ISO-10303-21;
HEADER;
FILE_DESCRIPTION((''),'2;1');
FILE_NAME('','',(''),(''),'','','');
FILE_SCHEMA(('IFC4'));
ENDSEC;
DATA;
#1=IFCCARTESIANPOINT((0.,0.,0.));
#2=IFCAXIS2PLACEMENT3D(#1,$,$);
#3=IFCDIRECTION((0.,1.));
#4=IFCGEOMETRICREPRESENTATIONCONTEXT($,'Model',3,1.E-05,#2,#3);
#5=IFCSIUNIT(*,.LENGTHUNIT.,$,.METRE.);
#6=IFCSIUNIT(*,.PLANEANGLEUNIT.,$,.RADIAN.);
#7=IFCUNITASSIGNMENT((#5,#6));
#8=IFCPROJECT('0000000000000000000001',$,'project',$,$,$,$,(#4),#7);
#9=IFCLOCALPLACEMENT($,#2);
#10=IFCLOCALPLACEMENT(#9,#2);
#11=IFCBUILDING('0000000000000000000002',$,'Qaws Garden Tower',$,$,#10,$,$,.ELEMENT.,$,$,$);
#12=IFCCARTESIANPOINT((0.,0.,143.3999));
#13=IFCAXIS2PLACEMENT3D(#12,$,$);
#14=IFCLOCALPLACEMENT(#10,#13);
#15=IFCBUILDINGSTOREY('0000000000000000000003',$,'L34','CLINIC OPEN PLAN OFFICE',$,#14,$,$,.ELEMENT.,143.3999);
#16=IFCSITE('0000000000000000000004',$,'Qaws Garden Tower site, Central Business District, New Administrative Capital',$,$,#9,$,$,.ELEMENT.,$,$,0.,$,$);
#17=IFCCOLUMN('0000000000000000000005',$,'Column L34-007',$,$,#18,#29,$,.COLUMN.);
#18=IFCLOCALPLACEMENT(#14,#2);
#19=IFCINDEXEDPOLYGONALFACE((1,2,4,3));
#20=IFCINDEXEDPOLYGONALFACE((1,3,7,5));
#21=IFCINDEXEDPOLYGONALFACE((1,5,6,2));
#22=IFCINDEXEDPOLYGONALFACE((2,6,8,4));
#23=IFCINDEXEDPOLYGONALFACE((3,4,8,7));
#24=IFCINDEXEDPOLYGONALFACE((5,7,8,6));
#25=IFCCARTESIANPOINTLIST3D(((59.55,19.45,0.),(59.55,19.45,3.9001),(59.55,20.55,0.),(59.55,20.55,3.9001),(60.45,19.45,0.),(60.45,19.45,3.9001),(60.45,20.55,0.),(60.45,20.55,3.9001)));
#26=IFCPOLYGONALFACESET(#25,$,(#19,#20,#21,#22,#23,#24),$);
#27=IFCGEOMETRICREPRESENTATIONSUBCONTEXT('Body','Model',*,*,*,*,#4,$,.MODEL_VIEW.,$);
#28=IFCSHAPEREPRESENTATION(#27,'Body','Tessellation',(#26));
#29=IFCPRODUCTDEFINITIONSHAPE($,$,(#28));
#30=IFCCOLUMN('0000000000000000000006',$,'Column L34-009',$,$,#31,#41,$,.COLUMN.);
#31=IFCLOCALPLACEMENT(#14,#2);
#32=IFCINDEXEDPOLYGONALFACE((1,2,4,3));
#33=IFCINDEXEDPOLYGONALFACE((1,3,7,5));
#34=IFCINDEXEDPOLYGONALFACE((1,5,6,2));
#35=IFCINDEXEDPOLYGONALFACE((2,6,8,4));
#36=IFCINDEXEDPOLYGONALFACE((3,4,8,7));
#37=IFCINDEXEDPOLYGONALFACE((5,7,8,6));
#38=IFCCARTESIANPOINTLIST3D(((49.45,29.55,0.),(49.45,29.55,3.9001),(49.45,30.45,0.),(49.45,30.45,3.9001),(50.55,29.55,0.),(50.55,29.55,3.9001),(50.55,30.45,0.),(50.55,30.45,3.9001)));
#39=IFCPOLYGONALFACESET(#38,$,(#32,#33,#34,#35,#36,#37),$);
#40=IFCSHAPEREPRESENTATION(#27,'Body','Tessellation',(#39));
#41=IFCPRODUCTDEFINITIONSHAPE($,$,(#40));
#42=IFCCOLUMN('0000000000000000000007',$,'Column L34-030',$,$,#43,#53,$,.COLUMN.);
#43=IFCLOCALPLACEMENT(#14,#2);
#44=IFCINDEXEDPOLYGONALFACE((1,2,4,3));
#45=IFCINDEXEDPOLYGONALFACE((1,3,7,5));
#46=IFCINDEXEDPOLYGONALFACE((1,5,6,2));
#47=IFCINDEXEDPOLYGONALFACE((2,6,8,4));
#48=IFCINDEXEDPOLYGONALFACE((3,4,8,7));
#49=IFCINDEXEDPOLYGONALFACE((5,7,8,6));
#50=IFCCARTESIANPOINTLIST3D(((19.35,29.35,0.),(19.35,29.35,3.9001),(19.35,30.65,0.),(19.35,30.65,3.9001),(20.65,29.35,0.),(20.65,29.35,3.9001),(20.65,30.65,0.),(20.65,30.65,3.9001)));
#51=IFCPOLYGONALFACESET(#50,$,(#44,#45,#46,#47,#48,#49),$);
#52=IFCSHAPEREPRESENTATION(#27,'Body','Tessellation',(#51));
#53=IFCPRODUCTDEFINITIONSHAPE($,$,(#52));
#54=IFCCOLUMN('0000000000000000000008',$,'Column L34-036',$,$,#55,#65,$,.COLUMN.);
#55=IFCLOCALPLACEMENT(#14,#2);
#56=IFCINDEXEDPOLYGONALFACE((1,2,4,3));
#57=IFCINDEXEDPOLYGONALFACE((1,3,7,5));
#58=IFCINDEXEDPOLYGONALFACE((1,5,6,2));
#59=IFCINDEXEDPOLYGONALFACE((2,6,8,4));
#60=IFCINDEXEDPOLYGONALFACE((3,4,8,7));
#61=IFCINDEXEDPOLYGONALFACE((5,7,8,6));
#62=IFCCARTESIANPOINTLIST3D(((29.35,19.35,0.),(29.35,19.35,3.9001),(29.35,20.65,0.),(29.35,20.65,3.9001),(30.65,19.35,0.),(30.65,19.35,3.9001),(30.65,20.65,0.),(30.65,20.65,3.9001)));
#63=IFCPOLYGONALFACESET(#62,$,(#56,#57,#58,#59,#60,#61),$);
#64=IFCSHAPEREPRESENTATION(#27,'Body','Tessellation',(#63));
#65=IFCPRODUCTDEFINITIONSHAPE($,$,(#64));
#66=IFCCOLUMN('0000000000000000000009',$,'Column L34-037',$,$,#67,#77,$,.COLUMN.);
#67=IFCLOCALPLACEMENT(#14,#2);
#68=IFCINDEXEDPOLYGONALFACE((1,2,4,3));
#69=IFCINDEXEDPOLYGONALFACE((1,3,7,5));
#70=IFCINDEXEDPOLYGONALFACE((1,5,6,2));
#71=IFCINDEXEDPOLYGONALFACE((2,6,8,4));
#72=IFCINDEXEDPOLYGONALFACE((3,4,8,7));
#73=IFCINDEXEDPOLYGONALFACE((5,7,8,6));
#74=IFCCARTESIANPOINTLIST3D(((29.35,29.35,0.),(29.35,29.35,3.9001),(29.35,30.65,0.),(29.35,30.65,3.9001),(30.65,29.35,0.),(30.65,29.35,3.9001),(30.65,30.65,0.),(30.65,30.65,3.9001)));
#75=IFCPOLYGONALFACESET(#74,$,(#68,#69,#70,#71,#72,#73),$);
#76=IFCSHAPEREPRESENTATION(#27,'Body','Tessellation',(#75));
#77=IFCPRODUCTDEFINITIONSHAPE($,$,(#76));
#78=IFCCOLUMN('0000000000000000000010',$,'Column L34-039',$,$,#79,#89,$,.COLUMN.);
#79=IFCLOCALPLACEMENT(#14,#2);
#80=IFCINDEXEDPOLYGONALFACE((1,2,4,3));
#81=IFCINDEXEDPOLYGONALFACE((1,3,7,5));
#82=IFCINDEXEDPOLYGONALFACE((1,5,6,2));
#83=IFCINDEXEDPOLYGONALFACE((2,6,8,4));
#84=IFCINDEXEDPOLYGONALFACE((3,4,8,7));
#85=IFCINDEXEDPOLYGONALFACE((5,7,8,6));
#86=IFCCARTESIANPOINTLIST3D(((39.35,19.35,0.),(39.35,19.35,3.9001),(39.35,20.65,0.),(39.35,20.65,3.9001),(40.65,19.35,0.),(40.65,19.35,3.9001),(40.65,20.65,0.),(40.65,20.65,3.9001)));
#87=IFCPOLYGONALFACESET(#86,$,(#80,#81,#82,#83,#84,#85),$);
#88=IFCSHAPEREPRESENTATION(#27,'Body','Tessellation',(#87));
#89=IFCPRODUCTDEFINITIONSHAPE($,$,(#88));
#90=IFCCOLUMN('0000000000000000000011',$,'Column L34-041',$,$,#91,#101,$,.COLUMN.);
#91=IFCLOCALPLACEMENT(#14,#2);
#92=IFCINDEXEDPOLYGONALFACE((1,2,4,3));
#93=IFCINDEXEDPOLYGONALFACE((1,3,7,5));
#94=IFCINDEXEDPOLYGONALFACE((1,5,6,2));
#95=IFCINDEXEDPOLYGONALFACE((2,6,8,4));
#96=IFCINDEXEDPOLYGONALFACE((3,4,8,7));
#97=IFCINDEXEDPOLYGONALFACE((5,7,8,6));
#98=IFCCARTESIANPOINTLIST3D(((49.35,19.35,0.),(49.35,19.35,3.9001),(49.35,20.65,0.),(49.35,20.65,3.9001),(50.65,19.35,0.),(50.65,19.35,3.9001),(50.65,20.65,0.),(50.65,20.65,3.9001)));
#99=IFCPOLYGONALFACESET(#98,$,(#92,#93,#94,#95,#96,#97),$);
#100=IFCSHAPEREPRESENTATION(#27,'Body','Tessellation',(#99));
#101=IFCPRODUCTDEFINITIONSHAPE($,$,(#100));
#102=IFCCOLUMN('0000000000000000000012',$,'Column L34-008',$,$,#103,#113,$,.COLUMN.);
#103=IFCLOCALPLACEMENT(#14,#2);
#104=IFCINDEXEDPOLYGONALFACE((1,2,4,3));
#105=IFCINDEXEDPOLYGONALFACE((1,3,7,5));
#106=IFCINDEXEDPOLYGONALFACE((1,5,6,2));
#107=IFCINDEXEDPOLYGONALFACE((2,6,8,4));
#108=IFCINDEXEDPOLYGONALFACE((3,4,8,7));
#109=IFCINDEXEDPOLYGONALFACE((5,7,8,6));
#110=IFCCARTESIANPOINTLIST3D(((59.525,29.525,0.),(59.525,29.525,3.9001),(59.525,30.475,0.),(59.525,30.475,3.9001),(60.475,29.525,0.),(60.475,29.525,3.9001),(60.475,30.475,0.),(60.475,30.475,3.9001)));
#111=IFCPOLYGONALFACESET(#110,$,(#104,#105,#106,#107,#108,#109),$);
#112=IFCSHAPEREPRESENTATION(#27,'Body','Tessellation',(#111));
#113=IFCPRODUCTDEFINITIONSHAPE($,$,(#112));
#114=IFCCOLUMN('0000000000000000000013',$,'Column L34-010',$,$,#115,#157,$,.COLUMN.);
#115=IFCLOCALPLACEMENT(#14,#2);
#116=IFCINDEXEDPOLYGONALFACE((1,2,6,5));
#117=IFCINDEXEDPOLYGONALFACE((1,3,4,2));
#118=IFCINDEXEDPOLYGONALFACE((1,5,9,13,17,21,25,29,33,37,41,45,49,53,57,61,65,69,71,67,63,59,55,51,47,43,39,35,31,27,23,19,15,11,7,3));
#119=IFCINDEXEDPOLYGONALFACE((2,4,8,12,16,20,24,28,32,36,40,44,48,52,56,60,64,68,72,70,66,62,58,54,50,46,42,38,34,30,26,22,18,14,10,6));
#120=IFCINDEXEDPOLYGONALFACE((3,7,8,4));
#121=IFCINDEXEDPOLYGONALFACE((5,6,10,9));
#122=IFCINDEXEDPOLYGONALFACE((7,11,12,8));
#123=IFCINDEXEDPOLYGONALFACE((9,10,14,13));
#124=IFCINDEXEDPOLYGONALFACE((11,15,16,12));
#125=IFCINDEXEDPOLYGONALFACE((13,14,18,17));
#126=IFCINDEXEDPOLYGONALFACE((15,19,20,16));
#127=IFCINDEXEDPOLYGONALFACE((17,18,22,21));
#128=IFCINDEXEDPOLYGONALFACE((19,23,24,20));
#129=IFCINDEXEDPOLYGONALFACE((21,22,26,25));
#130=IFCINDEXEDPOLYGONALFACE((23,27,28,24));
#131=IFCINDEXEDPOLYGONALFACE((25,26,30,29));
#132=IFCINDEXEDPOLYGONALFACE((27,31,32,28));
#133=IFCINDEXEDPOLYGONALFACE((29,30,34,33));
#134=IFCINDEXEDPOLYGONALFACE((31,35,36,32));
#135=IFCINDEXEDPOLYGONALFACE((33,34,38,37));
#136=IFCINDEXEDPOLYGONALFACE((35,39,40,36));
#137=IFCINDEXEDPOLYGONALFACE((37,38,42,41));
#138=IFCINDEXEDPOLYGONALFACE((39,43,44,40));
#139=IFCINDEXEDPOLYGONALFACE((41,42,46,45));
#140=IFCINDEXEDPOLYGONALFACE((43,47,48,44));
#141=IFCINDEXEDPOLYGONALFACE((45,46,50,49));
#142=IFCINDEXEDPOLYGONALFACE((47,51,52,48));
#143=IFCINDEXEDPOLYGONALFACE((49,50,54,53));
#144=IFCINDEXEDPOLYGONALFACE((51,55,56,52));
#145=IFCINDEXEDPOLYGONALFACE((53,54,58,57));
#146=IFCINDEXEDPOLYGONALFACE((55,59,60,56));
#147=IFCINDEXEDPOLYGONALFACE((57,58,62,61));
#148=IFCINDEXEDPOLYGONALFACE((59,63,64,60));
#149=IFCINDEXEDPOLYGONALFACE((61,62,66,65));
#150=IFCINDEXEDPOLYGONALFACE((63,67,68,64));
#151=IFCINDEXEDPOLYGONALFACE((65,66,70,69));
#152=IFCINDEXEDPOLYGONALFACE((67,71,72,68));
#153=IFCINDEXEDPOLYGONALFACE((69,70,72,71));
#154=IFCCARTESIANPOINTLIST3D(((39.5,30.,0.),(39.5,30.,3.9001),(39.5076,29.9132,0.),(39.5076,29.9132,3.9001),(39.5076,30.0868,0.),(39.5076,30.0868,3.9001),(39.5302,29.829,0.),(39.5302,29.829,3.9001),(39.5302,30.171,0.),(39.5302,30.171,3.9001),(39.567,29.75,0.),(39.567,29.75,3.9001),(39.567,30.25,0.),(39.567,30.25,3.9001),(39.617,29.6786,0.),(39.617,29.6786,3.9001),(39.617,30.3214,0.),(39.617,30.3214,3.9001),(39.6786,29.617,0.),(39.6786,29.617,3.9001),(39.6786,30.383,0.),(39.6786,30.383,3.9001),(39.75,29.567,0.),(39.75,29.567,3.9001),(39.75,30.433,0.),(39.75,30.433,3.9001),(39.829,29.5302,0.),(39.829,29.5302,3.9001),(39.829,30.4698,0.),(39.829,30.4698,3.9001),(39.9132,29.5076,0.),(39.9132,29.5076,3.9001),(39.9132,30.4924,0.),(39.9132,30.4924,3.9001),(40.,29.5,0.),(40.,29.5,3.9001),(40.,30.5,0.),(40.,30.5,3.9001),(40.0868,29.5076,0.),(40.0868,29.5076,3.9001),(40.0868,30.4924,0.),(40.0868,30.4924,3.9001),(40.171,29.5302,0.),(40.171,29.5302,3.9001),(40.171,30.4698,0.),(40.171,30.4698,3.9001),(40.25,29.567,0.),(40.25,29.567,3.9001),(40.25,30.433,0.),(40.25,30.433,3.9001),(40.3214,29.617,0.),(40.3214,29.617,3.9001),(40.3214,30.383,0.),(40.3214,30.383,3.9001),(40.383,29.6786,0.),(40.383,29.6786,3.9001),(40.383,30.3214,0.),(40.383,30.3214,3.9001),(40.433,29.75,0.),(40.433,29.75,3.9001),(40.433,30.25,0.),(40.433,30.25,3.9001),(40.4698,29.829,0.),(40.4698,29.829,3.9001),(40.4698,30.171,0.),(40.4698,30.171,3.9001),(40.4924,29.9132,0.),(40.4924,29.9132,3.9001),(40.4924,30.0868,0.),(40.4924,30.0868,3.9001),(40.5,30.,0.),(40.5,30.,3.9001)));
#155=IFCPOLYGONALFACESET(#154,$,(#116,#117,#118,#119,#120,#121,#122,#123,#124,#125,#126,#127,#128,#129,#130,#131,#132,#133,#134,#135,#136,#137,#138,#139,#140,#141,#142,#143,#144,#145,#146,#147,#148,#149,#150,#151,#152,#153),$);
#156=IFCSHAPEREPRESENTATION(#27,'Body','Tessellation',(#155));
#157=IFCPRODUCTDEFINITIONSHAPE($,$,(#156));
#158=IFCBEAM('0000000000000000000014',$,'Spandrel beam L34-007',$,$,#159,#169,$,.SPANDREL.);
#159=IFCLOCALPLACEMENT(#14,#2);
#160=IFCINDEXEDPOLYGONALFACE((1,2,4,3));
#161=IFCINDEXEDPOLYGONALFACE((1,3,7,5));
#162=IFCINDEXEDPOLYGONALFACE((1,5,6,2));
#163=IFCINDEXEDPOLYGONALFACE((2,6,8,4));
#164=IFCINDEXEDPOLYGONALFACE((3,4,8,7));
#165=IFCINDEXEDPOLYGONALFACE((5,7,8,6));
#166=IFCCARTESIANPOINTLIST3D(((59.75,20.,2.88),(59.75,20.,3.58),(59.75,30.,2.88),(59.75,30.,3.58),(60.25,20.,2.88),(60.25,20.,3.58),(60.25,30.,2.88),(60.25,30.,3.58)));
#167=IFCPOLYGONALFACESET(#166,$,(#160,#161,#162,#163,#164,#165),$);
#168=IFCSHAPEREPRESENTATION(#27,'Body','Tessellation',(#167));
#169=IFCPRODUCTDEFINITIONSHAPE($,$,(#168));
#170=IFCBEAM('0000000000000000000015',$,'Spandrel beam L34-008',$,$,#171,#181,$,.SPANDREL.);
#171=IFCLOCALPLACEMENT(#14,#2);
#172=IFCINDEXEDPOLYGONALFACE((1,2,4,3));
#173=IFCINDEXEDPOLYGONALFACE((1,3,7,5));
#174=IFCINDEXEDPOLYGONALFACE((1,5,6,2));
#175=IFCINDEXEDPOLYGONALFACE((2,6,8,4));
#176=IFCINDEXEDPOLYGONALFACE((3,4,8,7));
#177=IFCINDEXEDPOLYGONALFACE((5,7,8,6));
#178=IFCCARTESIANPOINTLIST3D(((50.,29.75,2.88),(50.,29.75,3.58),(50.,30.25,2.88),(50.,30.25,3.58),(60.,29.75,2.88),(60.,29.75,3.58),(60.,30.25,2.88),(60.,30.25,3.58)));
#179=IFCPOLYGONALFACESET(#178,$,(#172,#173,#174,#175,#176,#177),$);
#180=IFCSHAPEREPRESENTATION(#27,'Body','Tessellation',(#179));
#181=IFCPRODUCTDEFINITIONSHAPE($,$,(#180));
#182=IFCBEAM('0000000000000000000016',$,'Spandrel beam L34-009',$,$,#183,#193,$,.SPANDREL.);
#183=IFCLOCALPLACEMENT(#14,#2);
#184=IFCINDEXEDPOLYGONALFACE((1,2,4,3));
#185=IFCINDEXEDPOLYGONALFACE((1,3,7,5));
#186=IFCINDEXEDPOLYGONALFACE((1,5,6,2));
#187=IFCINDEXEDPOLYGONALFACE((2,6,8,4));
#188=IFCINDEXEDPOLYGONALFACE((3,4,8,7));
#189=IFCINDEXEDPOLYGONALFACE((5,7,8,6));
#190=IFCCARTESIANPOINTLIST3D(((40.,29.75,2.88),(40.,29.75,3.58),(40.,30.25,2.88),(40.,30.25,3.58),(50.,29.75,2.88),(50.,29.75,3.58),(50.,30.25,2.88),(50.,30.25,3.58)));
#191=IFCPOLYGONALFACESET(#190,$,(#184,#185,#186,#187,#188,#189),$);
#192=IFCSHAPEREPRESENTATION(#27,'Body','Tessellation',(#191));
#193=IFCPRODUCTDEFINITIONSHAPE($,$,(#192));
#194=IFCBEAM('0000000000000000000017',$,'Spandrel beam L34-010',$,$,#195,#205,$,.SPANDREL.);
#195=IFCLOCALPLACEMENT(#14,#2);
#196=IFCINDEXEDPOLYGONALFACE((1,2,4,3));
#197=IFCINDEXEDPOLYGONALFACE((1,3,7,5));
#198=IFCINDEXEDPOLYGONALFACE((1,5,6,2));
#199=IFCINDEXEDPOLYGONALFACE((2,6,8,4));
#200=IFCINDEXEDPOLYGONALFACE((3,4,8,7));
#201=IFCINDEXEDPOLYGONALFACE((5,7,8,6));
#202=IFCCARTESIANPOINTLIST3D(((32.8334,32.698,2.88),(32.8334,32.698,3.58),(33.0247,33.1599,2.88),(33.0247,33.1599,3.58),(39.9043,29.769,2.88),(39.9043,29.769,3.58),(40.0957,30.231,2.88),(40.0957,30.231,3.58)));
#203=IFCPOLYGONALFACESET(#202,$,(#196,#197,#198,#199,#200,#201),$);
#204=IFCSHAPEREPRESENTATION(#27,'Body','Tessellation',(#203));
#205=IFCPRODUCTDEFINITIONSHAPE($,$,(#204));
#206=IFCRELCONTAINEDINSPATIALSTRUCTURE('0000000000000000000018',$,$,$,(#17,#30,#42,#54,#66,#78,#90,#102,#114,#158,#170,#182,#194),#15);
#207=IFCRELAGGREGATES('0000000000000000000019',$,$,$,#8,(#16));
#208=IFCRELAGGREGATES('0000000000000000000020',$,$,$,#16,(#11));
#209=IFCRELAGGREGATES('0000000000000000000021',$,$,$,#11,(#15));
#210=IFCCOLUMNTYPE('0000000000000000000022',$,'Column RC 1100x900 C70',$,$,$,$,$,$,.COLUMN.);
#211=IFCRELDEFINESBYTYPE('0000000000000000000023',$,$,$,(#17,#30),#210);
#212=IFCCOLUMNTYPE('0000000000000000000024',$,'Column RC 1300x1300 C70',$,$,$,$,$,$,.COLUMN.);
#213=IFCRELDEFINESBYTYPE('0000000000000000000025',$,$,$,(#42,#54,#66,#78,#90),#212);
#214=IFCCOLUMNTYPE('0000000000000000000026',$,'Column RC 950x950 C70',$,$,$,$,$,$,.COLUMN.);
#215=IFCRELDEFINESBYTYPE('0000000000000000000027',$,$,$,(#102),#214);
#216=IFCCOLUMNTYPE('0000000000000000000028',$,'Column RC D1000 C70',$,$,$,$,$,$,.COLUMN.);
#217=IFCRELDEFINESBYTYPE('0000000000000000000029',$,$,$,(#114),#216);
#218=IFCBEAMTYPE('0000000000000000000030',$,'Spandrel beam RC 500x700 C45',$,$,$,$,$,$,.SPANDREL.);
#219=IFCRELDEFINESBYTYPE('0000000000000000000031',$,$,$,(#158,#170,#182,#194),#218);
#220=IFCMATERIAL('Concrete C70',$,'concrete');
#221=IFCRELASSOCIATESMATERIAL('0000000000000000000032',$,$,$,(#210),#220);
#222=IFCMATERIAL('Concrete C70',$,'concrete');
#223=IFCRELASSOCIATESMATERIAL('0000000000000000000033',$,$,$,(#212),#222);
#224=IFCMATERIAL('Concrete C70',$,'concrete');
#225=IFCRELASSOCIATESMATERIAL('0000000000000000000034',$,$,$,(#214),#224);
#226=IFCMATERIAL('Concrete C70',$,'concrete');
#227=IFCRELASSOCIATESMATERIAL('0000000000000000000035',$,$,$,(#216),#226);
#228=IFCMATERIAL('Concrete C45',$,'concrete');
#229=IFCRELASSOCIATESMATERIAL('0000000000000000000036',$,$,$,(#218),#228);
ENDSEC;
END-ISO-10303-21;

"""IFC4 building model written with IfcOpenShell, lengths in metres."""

from ifc_helpers import new_model, si_unit, direction, frame, origin, origin_2d, place, context, subcontext, project, spatial, rectangle, circle, extrude, material, material_profile, profile_set, type_object, element, save


model = new_model("IFC4")

# Units and contexts
model_context = context("Model", 3, precision=1e-05, world=origin(), true_north=direction((0.0, 1.0)))
body_context = subcontext(model_context, "Body", "Model", "MODEL_VIEW")
ifc_project = project(units=[si_unit("LENGTHUNIT", "METRE"), si_unit("PLANEANGLEUNIT", "RADIAN")], contexts=[model_context])

# Site, building, storey
site_placement = place(None, origin())
site = spatial("IfcSite", under=ifc_project, at=site_placement, Name="Qaws Garden Tower site, Central Business District, New Administrative Capital", CompositionType="ELEMENT", RefElevation=0.0)
building_placement = place(site_placement, origin())
building = spatial("IfcBuilding", under=site, at=building_placement, Name="Qaws Garden Tower", CompositionType="ELEMENT")
storey_placement = place(building_placement, frame((0.0, 0.0, 143.3999)))
storey = spatial("IfcBuildingStorey", under=building, at=storey_placement, Name="L34", Description="CLINIC OPEN PLAN OFFICE", CompositionType="ELEMENT", Elevation=143.3999)

# Columns
ifc_material_1 = material(Name="Concrete C70", Category="concrete")
ifc_material_profile_1 = material_profile(ifc_material_1, rectangle(XDim=1.1001, YDim=0.8999, at=origin_2d()), Name="RC 1100x900")
ifc_profile_set_1 = profile_set([ifc_material_profile_1], Name="Concrete C70")
column_type_1 = type_object("IfcColumnType", Name="Column RC 1100x900 C70", PredefinedType="COLUMN", material=ifc_profile_set_1)
for number, where, z_axis, x_axis, name in (
    (1, (60.0, 20.0, 0.0), (0.0, 0.0, 1.0), (0.0, 1.0, 0.0), "Column L34-007"),
    (2, (50.0, 30.0, 0.0), (0.0, 0.0, 1.0), (1.0, 0.0, 0.0), "Column L34-009"),
):
    element("IfcColumn", number, at=place(storey_placement, frame(where, z_axis=z_axis, x_axis=x_axis)), inside=storey, type_object=column_type_1, Name=name, PredefinedType="COLUMN", context=body_context, shape_type="SweptSolid", body=[
        extrude(rectangle(XDim=1.1001, YDim=0.8999, at=origin_2d()), origin(), (0.0, 0.0, 1.0), 3.9001),
    ])
ifc_material_2 = material(Name="Concrete C70", Category="concrete")
ifc_material_profile_2 = material_profile(ifc_material_2, rectangle(XDim=1.3, YDim=1.3, at=origin_2d()), Name="RC 1300x1300")
ifc_profile_set_2 = profile_set([ifc_material_profile_2], Name="Concrete C70")
column_type_2 = type_object("IfcColumnType", Name="Column RC 1300x1300 C70", PredefinedType="COLUMN", material=ifc_profile_set_2)
for number, where, z_axis, x_axis, name in (
    (3, (20.0, 30.0, 0.0), (0.0, 0.0, 1.0), (1.0, 0.0, 0.0), "Column L34-030"),
    (4, (30.0, 20.0, 0.0), (0.0, 0.0, 1.0), (1.0, 0.0, 0.0), "Column L34-036"),
    (5, (30.0, 30.0, 0.0), (0.0, 0.0, 1.0), (1.0, 0.0, 0.0), "Column L34-037"),
    (6, (40.0, 20.0, 0.0), (0.0, 0.0, 1.0), (1.0, 0.0, 0.0), "Column L34-039"),
    (7, (50.0, 20.0, 0.0), (0.0, 0.0, 1.0), (1.0, 0.0, 0.0), "Column L34-041"),
):
    element("IfcColumn", number, at=place(storey_placement, frame(where, z_axis=z_axis, x_axis=x_axis)), inside=storey, type_object=column_type_2, Name=name, PredefinedType="COLUMN", context=body_context, shape_type="SweptSolid", body=[
        extrude(rectangle(XDim=1.3, YDim=1.3, at=origin_2d()), origin(), (0.0, 0.0, 1.0), 3.9001),
    ])
ifc_material_3 = material(Name="Concrete C70", Category="concrete")
ifc_material_profile_3 = material_profile(ifc_material_3, rectangle(XDim=0.95, YDim=0.95, at=origin_2d()), Name="RC 950x950")
ifc_profile_set_3 = profile_set([ifc_material_profile_3], Name="Concrete C70")
column_type_3 = type_object("IfcColumnType", Name="Column RC 950x950 C70", PredefinedType="COLUMN", material=ifc_profile_set_3)
column_1_placement = place(storey_placement, frame((60.0, 30.0, 0.0), z_axis=(0.0, 0.0, 1.0), x_axis=(1.0, 0.0, 0.0)))
element("IfcColumn", 8, at=column_1_placement, inside=storey, type_object=column_type_3, Name="Column L34-008", PredefinedType="COLUMN", context=body_context, shape_type="SweptSolid", body=[
    extrude(rectangle(XDim=0.95, YDim=0.95, at=origin_2d()), origin(), (0.0, 0.0, 1.0), 3.9001),
])
ifc_material_4 = material(Name="Concrete C70", Category="concrete")
ifc_material_profile_4 = material_profile(ifc_material_4, circle(Radius=0.5, at=origin_2d()), Name="RC D1000")
ifc_profile_set_4 = profile_set([ifc_material_profile_4], Name="Concrete C70")
column_type_4 = type_object("IfcColumnType", Name="Column RC D1000 C70", PredefinedType="COLUMN", material=ifc_profile_set_4)
column_2_placement = place(storey_placement, frame((40.0, 30.0, 0.0), z_axis=(0.0, 0.0, 1.0), x_axis=(1.0, 0.0, 0.0)))
element("IfcColumn", 9, at=column_2_placement, inside=storey, type_object=column_type_4, Name="Column L34-010", PredefinedType="COLUMN", context=body_context, shape_type="SweptSolid", body=[
    extrude(circle(Radius=0.5, at=origin_2d()), origin(), (0.0, 0.0, 1.0), 3.9001),
])

# Beams
ifc_material_5 = material(Name="Concrete C45", Category="concrete")
ifc_material_profile_5 = material_profile(ifc_material_5, rectangle(XDim=0.5, YDim=0.7, at=origin_2d()), Name="RC 500x700")
ifc_profile_set_5 = profile_set([ifc_material_profile_5], Name="Concrete C45")
beam_type = type_object("IfcBeamType", Name="Spandrel beam RC 500x700 C45", PredefinedType="SPANDREL", material=ifc_profile_set_5)
for number, where, z_axis, x_axis, name in (
    (10, (60.0, 20.0, 3.23), (0.0, 1.0, 0.0), (-1.0, 0.0, 0.0), "Spandrel beam L34-007"),
    (11, (60.0, 30.0, 3.23), (-1.0, 0.0, 0.0), (0.0, -1.0, 0.0), "Spandrel beam L34-008"),
    (12, (50.0, 30.0, 3.23), (-1.0, 0.0, 0.0), (0.0, -1.0, 0.0), "Spandrel beam L34-009"),
):
    element("IfcBeam", number, at=place(storey_placement, frame(where, z_axis=z_axis, x_axis=x_axis)), inside=storey, type_object=beam_type, Name=name, PredefinedType="SPANDREL", context=body_context, shape_type="SweptSolid", body=[
        extrude(rectangle(XDim=0.5, YDim=0.7, at=origin_2d()), origin(), (0.0, 0.0, 1.0), 10.0),
    ])
beam_placement = place(storey_placement, frame((40.0, 30.0, 3.23), z_axis=(-0.923878, 0.382687, 0.0), x_axis=(-0.382687, -0.923878, 0.0)))
element("IfcBeam", 13, at=beam_placement, inside=storey, type_object=beam_type, Name="Spandrel beam L34-010", PredefinedType="SPANDREL", context=body_context, shape_type="SweptSolid", body=[
    extrude(rectangle(XDim=0.5, YDim=0.7, at=origin_2d()), origin(), (0.0, 0.0, 1.0), 7.6536),
])

save(model, "model.ifc")
